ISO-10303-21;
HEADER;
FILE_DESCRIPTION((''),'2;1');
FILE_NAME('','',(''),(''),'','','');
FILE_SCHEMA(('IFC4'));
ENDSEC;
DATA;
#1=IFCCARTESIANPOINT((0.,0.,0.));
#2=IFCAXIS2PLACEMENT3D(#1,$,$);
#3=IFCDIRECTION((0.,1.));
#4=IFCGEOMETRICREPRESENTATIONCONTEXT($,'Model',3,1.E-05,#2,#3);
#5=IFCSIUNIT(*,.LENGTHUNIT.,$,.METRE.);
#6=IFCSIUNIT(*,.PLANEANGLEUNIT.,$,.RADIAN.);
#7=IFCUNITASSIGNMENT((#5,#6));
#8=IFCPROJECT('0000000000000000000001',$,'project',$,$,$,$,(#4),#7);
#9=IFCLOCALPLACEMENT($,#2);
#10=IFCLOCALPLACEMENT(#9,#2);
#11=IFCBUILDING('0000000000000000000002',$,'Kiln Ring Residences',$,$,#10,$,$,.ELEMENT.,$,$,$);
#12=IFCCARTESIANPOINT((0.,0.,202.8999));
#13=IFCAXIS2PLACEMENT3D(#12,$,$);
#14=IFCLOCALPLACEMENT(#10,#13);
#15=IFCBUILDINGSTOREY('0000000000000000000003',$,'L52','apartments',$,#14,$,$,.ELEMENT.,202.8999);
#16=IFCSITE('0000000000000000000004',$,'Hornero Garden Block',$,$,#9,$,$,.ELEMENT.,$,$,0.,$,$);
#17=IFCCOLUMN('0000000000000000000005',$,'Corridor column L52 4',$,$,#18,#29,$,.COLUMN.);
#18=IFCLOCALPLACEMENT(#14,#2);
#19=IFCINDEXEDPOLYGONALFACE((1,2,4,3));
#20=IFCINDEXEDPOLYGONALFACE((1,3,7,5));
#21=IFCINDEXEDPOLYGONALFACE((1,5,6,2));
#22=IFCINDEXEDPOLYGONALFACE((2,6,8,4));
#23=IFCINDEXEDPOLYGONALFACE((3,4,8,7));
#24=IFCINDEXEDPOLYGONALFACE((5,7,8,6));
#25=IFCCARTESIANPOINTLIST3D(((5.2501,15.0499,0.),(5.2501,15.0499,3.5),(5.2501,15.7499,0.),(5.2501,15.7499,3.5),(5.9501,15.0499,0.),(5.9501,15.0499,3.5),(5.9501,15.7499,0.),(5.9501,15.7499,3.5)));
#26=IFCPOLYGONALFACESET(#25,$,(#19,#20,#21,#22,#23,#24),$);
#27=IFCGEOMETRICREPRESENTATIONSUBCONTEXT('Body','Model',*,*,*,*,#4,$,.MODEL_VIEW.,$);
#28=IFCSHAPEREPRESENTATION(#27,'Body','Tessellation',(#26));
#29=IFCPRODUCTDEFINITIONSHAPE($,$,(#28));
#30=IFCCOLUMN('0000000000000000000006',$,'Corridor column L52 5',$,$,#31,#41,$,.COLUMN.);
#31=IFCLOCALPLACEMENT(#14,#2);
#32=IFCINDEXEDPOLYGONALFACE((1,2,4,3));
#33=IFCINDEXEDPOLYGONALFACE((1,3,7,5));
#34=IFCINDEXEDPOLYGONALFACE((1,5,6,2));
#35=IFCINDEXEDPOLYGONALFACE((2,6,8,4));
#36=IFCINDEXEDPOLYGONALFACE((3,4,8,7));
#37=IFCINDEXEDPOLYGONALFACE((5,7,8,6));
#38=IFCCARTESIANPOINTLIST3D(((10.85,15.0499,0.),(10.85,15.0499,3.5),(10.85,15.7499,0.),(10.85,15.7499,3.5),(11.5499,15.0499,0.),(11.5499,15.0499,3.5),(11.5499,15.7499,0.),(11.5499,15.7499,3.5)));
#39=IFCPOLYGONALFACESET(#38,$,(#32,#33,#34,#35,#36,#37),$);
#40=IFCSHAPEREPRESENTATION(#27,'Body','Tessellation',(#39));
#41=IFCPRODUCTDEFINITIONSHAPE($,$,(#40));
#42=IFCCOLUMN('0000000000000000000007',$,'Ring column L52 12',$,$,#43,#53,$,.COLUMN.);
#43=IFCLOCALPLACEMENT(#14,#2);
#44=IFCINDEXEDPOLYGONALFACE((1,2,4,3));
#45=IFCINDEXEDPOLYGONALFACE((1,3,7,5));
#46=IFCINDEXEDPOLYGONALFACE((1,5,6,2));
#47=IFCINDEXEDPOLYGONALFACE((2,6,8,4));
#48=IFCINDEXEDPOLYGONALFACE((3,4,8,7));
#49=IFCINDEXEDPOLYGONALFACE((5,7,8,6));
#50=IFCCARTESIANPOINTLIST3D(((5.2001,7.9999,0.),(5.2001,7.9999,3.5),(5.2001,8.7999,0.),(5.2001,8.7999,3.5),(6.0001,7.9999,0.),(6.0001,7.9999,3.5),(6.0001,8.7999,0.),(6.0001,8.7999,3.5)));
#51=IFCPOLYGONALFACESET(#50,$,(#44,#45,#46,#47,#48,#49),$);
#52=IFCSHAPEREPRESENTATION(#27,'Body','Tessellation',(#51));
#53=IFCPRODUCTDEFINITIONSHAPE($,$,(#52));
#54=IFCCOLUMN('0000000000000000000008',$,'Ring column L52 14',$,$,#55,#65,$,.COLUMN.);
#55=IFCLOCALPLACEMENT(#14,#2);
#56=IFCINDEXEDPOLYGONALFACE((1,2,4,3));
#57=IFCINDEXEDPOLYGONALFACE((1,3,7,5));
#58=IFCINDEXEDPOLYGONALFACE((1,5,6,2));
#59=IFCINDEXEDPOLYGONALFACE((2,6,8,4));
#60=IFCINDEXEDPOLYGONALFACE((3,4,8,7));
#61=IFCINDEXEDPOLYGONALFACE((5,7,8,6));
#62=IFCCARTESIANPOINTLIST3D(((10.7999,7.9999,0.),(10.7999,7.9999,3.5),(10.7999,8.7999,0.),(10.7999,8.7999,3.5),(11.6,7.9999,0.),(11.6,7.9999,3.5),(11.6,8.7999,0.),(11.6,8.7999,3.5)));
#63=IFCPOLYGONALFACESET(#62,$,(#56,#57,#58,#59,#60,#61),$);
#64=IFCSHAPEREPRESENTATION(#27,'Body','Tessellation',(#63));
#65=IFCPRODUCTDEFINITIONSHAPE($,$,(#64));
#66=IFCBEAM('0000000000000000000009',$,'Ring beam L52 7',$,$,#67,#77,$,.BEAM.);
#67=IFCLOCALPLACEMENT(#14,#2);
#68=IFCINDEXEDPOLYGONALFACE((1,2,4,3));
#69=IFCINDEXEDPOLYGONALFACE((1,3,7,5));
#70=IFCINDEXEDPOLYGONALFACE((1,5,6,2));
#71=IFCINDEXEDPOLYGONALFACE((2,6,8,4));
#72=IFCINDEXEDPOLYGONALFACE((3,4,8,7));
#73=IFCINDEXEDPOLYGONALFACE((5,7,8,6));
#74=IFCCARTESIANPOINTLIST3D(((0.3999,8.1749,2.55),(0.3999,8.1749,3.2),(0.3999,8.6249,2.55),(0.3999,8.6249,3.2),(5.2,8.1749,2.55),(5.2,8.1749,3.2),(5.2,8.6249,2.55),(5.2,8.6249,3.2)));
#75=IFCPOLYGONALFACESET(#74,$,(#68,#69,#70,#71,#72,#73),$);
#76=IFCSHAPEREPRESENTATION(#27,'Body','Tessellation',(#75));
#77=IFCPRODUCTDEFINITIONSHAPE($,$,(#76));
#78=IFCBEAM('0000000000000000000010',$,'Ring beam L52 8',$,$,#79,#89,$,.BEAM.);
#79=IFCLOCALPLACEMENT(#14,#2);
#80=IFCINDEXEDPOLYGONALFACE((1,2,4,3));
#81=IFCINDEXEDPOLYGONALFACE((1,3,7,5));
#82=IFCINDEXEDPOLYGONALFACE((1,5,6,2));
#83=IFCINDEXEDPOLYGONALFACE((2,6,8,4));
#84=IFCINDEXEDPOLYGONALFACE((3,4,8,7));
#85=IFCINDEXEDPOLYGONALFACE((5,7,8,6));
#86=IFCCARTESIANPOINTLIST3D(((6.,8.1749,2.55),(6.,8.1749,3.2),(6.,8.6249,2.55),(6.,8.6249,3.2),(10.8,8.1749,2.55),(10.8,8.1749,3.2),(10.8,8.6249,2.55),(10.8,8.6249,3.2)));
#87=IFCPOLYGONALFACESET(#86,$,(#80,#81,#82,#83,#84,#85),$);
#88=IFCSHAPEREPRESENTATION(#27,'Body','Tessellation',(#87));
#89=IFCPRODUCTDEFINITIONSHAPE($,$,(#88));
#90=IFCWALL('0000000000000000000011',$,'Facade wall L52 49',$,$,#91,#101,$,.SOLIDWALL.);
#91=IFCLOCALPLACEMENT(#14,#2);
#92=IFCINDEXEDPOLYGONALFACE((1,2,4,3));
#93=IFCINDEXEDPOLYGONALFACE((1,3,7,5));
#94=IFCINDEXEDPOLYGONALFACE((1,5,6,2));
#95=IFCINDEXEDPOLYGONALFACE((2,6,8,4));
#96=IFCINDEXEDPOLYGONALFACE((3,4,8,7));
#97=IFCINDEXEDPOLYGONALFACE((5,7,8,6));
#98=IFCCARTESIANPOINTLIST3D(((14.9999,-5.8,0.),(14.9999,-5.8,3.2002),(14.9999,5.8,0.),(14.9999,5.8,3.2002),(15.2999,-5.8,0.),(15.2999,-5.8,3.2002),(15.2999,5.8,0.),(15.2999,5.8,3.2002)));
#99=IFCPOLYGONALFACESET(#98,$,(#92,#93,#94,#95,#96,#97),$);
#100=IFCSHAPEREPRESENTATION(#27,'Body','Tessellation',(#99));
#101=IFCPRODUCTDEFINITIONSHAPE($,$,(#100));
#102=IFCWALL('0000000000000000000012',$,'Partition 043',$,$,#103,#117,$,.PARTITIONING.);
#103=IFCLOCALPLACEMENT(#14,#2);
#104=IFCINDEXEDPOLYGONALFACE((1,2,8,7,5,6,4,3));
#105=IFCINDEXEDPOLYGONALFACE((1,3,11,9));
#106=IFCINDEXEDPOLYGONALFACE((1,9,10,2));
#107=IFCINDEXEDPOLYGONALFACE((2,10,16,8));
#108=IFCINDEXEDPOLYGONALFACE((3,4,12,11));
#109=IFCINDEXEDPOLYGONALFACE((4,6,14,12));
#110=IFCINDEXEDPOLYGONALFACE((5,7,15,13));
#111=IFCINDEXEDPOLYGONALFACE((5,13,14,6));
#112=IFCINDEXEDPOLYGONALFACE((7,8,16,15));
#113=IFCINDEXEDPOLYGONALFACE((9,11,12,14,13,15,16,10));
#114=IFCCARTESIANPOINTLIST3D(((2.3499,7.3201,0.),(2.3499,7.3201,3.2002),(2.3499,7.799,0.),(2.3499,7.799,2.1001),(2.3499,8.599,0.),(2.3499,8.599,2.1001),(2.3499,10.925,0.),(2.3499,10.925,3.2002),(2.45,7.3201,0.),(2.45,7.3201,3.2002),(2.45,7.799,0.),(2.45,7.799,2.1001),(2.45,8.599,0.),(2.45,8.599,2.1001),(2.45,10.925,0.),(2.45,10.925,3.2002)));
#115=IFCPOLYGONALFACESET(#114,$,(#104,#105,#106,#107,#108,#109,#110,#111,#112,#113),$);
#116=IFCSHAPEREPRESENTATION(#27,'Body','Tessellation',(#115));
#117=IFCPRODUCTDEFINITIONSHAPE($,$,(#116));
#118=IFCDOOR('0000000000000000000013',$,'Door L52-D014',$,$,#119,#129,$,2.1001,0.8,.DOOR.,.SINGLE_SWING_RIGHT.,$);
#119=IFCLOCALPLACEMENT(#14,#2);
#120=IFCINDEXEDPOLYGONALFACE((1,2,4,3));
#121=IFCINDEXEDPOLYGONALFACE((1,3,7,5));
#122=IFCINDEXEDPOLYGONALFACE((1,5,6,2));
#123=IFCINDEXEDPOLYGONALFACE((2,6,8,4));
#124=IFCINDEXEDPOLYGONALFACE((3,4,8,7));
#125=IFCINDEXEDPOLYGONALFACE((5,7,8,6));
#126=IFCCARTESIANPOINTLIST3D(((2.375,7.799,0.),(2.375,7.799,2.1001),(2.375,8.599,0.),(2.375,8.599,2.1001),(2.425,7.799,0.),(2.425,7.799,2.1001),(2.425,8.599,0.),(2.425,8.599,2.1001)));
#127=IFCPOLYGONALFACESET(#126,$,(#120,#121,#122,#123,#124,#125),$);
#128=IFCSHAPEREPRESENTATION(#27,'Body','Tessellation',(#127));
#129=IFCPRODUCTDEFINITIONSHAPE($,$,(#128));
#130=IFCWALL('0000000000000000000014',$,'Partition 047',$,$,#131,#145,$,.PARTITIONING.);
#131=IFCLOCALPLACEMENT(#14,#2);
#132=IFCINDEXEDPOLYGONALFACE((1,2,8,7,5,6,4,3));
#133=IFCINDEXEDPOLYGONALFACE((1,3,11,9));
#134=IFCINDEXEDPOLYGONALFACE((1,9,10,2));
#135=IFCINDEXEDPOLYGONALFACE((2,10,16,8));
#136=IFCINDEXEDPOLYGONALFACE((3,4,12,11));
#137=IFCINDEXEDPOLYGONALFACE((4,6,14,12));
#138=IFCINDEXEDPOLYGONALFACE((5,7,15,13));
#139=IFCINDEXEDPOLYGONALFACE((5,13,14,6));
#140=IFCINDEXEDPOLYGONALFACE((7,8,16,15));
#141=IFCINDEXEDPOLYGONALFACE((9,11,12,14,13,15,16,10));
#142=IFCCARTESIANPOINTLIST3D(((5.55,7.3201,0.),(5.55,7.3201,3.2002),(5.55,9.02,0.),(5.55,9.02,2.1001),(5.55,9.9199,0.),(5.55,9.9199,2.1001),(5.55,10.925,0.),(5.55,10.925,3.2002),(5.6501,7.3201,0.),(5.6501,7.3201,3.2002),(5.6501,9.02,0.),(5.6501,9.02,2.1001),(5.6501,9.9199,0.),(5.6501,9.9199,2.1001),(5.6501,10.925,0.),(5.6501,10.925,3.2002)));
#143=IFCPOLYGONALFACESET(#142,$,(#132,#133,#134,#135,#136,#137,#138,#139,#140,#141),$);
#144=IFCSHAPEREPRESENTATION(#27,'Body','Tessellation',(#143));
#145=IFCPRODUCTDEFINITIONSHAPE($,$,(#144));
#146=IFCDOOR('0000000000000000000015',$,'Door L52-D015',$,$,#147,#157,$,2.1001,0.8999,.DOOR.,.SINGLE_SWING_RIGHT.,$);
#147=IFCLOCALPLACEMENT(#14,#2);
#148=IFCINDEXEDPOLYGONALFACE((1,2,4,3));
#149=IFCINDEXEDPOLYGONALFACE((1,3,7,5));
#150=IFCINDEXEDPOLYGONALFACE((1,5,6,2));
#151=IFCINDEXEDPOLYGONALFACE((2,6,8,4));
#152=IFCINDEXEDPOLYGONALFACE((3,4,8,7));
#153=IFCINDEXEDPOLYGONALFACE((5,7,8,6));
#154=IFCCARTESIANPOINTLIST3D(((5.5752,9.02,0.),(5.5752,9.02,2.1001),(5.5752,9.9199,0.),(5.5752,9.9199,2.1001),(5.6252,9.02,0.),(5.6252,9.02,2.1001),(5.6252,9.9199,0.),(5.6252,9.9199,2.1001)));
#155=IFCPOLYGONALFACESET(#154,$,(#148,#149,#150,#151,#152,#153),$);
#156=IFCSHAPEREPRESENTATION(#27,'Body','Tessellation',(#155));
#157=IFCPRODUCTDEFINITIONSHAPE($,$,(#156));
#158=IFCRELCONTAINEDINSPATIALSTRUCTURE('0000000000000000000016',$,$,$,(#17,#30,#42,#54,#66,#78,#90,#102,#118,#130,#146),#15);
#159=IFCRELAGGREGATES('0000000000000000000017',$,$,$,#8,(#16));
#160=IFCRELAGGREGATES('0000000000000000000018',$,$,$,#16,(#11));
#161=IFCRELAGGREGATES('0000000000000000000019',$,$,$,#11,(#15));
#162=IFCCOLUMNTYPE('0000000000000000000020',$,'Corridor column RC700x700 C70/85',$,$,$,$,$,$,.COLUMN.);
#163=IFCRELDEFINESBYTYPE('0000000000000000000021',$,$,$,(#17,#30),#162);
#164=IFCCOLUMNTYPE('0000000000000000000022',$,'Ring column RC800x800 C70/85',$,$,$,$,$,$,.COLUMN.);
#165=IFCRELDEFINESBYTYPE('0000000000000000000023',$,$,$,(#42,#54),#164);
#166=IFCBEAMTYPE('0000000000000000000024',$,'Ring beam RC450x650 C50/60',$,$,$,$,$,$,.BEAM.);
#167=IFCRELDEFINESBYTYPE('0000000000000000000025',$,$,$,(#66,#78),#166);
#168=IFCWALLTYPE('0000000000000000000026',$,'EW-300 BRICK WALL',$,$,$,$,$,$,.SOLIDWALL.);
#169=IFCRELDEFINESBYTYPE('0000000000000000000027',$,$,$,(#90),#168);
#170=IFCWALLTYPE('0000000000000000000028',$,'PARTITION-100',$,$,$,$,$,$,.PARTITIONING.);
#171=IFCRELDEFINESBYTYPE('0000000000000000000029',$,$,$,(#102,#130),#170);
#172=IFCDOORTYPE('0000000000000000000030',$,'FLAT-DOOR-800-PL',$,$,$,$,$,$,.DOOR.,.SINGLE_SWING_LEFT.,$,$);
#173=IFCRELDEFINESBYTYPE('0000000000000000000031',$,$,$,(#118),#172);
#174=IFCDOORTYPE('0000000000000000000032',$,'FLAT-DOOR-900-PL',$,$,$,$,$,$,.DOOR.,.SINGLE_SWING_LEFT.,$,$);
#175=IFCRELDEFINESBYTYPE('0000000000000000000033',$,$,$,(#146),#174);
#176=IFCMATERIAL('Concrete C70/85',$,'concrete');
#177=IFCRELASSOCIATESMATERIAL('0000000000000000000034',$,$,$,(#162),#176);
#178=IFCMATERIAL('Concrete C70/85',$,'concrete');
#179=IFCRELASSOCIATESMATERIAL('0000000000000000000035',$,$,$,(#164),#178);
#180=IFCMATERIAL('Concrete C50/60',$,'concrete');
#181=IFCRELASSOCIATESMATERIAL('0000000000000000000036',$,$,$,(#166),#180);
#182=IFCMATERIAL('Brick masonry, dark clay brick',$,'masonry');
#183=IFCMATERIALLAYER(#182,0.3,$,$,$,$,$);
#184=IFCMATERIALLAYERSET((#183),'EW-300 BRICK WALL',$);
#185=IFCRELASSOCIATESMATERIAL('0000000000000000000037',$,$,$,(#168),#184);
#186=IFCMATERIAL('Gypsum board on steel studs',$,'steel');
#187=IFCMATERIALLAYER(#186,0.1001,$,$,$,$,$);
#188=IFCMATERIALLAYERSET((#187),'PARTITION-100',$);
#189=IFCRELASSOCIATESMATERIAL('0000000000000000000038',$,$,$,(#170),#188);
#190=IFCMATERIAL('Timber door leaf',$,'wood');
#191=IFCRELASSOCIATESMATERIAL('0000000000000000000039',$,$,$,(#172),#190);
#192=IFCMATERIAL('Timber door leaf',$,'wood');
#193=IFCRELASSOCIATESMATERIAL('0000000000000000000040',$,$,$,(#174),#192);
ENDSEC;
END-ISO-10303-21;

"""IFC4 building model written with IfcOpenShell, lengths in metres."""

from ifc_helpers import new_model, si_unit, direction, frame, frame_2d, origin, origin_2d, place, context, subcontext, project, spatial, rectangle, extrude, material, layer, layer_set, material_profile, profile_set, type_object, element, fill, save


model = new_model("IFC4")

# Units and contexts
model_context = context("Model", 3, precision=1e-05, world=origin(), true_north=direction((0.0, 1.0)))
body_context = subcontext(model_context, "Body", "Model", "MODEL_VIEW")
ifc_project = project(units=[si_unit("LENGTHUNIT", "METRE"), si_unit("PLANEANGLEUNIT", "RADIAN")], contexts=[model_context])

# Site, building, storey
site_placement = place(None, origin())
site = spatial("IfcSite", under=ifc_project, at=site_placement, Name="Hornero Garden Block", CompositionType="ELEMENT", RefElevation=0.0)
building_placement = place(site_placement, origin())
building = spatial("IfcBuilding", under=site, at=building_placement, Name="Kiln Ring Residences", CompositionType="ELEMENT")
storey_placement = place(building_placement, frame((0.0, 0.0, 202.8999)))
storey = spatial("IfcBuildingStorey", under=building, at=storey_placement, Name="L52", Description="apartments", CompositionType="ELEMENT", Elevation=202.8999)

# Columns
ifc_material_1 = material(Name="Concrete C70/85", Category="concrete")
ifc_material_profile_1 = material_profile(ifc_material_1, rectangle(XDim=0.7, YDim=0.7, at=origin_2d()), Name="RC700x700")
ifc_profile_set_1 = profile_set([ifc_material_profile_1], Name="Concrete C70/85")
column_type_1 = type_object("IfcColumnType", Name="Corridor column RC700x700 C70/85", PredefinedType="COLUMN", material=ifc_profile_set_1)
for number, where, z_axis, x_axis, name in (
    (1, (5.6001, 15.3999, 0.0), (0.0, 0.0, 1.0), (1.0, 0.0, 0.0), "Corridor column L52 4"),
    (2, (11.2, 15.3999, 0.0), (0.0, 0.0, 1.0), (1.0, 0.0, 0.0), "Corridor column L52 5"),
):
    element("IfcColumn", number, at=place(storey_placement, frame(where, z_axis=z_axis, x_axis=x_axis)), inside=storey, type_object=column_type_1, Name=name, PredefinedType="COLUMN", context=body_context, shape_type="SweptSolid", body=[
        extrude(rectangle(XDim=0.7, YDim=0.7, at=origin_2d()), origin(), (0.0, 0.0, 1.0), 3.5),
    ])
ifc_material_2 = material(Name="Concrete C70/85", Category="concrete")
ifc_material_profile_2 = material_profile(ifc_material_2, rectangle(XDim=0.8, YDim=0.8, at=origin_2d()), Name="RC800x800")
ifc_profile_set_2 = profile_set([ifc_material_profile_2], Name="Concrete C70/85")
column_type_2 = type_object("IfcColumnType", Name="Ring column RC800x800 C70/85", PredefinedType="COLUMN", material=ifc_profile_set_2)
for number, where, z_axis, x_axis, name in (
    (3, (5.6001, 8.3999, 0.0), (0.0, 0.0, 1.0), (1.0, 0.0, 0.0), "Ring column L52 12"),
    (4, (11.2, 8.3999, 0.0), (0.0, 0.0, 1.0), (1.0, 0.0, 0.0), "Ring column L52 14"),
):
    element("IfcColumn", number, at=place(storey_placement, frame(where, z_axis=z_axis, x_axis=x_axis)), inside=storey, type_object=column_type_2, Name=name, PredefinedType="COLUMN", context=body_context, shape_type="SweptSolid", body=[
        extrude(rectangle(XDim=0.8, YDim=0.8, at=origin_2d()), origin(), (0.0, 0.0, 1.0), 3.5),
    ])

# Beams
ifc_material_3 = material(Name="Concrete C50/60", Category="concrete")
ifc_material_profile_3 = material_profile(ifc_material_3, rectangle(XDim=0.45, YDim=0.6499, at=origin_2d()), Name="RC450x650")
ifc_profile_set_3 = profile_set([ifc_material_profile_3], Name="Concrete C50/60")
beam_type = type_object("IfcBeamType", Name="Ring beam RC450x650 C50/60", PredefinedType="BEAM", material=ifc_profile_set_3)
for number, where, z_axis, x_axis, name in (
    (5, (0.3999, 8.3999, 2.875), (1.0, 0.0, 0.0), (0.0, 1.0, 0.0), "Ring beam L52 7"),
    (6, (6.0, 8.3999, 2.875), (1.0, 0.0, 0.0), (0.0, 1.0, 0.0), "Ring beam L52 8"),
):
    element("IfcBeam", number, at=place(storey_placement, frame(where, z_axis=z_axis, x_axis=x_axis)), inside=storey, type_object=beam_type, Name=name, PredefinedType="BEAM", context=body_context, shape_type="SweptSolid", body=[
        extrude(rectangle(XDim=0.45, YDim=0.6499, at=origin_2d()), origin(), (0.0, 0.0, 1.0), 4.8),
    ])

# Wall
ifc_material_4 = material(Name="Brick masonry, dark clay brick", Category="masonry")
ifc_layer_1 = layer(ifc_material_4, 0.3)
ifc_layer_set_1 = layer_set([ifc_layer_1], Name="EW-300 BRICK WALL")
wall_type_1 = type_object("IfcWallType", Name="EW-300 BRICK WALL", PredefinedType="SOLIDWALL", material=ifc_layer_set_1)
wall_1_placement = place(storey_placement, frame((15.1499, 5.8, 0.0), z_axis=(0.0, 0.0, 1.0), x_axis=(0.0, -1.0, 0.0)))
element("IfcWall", 7, at=wall_1_placement, inside=storey, type_object=wall_type_1, Name="Facade wall L52 49", PredefinedType="SOLIDWALL", context=body_context, shape_type="SweptSolid", body=[
    extrude(rectangle(XDim=11.6001, YDim=0.3, at=frame_2d((5.8, 0.0))), origin(), (0.0, 0.0, 1.0), 3.2002),
])

# Walls, openings, doors
ifc_material_5 = material(Name="Gypsum board on steel studs", Category="steel")
ifc_layer_2 = layer(ifc_material_5, 0.1001)
ifc_layer_set_2 = layer_set([ifc_layer_2], Name="PARTITION-100")
wall_type_2 = type_object("IfcWallType", Name="PARTITION-100", PredefinedType="PARTITIONING", material=ifc_layer_set_2)
wall_2_placement = place(storey_placement, frame((2.3999, 7.3201, 0.0), z_axis=(0.0, 0.0, 1.0), x_axis=(0.0, 1.0, 0.0)))
wall_2 = element("IfcWall", 8, at=wall_2_placement, inside=storey, type_object=wall_type_2, Name="Partition 043", PredefinedType="PARTITIONING", context=body_context, shape_type="SweptSolid", body=[
    extrude(rectangle(XDim=3.605, YDim=0.1001, at=frame_2d((1.8025, 0.0))), origin(), (0.0, 0.0, 1.0), 3.2002),
])
opening_1_placement = place(wall_2_placement, frame((0.479, 0.0, 0.0)))
opening_1 = element("IfcOpeningElement", 9, at=opening_1_placement, cuts=wall_2, PredefinedType="OPENING", context=body_context, shape_type="SweptSolid", body=[
    extrude(rectangle(XDim=0.8, YDim=2.1001, at=frame_2d((0.3999, 1.05))), frame((0.0, 0.0601, 0.0), z_axis=(0.0, -1.0, 0.0), x_axis=(1.0, 0.0, 0.0)), (0.0, 0.0, 1.0), 0.1201),
])
ifc_material_6 = material(Name="Timber door leaf", Category="wood")
door_type_1 = type_object("IfcDoorType", Name="FLAT-DOOR-800-PL", OperationType="SINGLE_SWING_LEFT", PredefinedType="DOOR", material=ifc_material_6)
door_1_placement = place(opening_1_placement, origin())
door_1 = element("IfcDoor", 10, at=door_1_placement, inside=storey, type_object=door_type_1, Name="Door L52-D014", OperationType="SINGLE_SWING_RIGHT", OverallHeight=2.1001, OverallWidth=0.8, PredefinedType="DOOR", context=body_context, shape_type="SweptSolid", body=[
    extrude(rectangle(XDim=0.8, YDim=2.1001, at=frame_2d((0.3999, 1.05))), frame((0.0, 0.0249, 0.0), z_axis=(0.0, -1.0, 0.0), x_axis=(1.0, 0.0, 0.0)), (0.0, 0.0, 1.0), 0.05),
])
fill(opening_1, door_1)
wall_3_placement = place(storey_placement, frame((5.6001, 7.3201, 0.0), z_axis=(0.0, 0.0, 1.0), x_axis=(0.0, 1.0, 0.0)))
wall_3 = element("IfcWall", 11, at=wall_3_placement, inside=storey, type_object=wall_type_2, Name="Partition 047", PredefinedType="PARTITIONING", context=body_context, shape_type="SweptSolid", body=[
    extrude(rectangle(XDim=3.605, YDim=0.1001, at=frame_2d((1.8025, 0.0))), origin(), (0.0, 0.0, 1.0), 3.2002),
])
opening_2_placement = place(wall_3_placement, frame((1.7, 0.0, 0.0)))
opening_2 = element("IfcOpeningElement", 12, at=opening_2_placement, cuts=wall_3, PredefinedType="OPENING", context=body_context, shape_type="SweptSolid", body=[
    extrude(rectangle(XDim=0.8999, YDim=2.1001, at=frame_2d((0.45, 1.05))), frame((0.0, 0.0601, 0.0), z_axis=(0.0, -1.0, 0.0), x_axis=(1.0, 0.0, 0.0)), (0.0, 0.0, 1.0), 0.1201),
])
ifc_material_7 = material(Name="Timber door leaf", Category="wood")
door_type_2 = type_object("IfcDoorType", Name="FLAT-DOOR-900-PL", OperationType="SINGLE_SWING_LEFT", PredefinedType="DOOR", material=ifc_material_7)
door_2_placement = place(opening_2_placement, origin())
door_2 = element("IfcDoor", 13, at=door_2_placement, inside=storey, type_object=door_type_2, Name="Door L52-D015", OperationType="SINGLE_SWING_RIGHT", OverallHeight=2.1001, OverallWidth=0.8999, PredefinedType="DOOR", context=body_context, shape_type="SweptSolid", body=[
    extrude(rectangle(XDim=0.8999, YDim=2.1001, at=frame_2d((0.45, 1.05))), frame((0.0, 0.0249, 0.0), z_axis=(0.0, -1.0, 0.0), x_axis=(1.0, 0.0, 0.0)), (0.0, 0.0, 1.0), 0.05),
])
fill(opening_2, door_2)

save(model, "model.ifc")
